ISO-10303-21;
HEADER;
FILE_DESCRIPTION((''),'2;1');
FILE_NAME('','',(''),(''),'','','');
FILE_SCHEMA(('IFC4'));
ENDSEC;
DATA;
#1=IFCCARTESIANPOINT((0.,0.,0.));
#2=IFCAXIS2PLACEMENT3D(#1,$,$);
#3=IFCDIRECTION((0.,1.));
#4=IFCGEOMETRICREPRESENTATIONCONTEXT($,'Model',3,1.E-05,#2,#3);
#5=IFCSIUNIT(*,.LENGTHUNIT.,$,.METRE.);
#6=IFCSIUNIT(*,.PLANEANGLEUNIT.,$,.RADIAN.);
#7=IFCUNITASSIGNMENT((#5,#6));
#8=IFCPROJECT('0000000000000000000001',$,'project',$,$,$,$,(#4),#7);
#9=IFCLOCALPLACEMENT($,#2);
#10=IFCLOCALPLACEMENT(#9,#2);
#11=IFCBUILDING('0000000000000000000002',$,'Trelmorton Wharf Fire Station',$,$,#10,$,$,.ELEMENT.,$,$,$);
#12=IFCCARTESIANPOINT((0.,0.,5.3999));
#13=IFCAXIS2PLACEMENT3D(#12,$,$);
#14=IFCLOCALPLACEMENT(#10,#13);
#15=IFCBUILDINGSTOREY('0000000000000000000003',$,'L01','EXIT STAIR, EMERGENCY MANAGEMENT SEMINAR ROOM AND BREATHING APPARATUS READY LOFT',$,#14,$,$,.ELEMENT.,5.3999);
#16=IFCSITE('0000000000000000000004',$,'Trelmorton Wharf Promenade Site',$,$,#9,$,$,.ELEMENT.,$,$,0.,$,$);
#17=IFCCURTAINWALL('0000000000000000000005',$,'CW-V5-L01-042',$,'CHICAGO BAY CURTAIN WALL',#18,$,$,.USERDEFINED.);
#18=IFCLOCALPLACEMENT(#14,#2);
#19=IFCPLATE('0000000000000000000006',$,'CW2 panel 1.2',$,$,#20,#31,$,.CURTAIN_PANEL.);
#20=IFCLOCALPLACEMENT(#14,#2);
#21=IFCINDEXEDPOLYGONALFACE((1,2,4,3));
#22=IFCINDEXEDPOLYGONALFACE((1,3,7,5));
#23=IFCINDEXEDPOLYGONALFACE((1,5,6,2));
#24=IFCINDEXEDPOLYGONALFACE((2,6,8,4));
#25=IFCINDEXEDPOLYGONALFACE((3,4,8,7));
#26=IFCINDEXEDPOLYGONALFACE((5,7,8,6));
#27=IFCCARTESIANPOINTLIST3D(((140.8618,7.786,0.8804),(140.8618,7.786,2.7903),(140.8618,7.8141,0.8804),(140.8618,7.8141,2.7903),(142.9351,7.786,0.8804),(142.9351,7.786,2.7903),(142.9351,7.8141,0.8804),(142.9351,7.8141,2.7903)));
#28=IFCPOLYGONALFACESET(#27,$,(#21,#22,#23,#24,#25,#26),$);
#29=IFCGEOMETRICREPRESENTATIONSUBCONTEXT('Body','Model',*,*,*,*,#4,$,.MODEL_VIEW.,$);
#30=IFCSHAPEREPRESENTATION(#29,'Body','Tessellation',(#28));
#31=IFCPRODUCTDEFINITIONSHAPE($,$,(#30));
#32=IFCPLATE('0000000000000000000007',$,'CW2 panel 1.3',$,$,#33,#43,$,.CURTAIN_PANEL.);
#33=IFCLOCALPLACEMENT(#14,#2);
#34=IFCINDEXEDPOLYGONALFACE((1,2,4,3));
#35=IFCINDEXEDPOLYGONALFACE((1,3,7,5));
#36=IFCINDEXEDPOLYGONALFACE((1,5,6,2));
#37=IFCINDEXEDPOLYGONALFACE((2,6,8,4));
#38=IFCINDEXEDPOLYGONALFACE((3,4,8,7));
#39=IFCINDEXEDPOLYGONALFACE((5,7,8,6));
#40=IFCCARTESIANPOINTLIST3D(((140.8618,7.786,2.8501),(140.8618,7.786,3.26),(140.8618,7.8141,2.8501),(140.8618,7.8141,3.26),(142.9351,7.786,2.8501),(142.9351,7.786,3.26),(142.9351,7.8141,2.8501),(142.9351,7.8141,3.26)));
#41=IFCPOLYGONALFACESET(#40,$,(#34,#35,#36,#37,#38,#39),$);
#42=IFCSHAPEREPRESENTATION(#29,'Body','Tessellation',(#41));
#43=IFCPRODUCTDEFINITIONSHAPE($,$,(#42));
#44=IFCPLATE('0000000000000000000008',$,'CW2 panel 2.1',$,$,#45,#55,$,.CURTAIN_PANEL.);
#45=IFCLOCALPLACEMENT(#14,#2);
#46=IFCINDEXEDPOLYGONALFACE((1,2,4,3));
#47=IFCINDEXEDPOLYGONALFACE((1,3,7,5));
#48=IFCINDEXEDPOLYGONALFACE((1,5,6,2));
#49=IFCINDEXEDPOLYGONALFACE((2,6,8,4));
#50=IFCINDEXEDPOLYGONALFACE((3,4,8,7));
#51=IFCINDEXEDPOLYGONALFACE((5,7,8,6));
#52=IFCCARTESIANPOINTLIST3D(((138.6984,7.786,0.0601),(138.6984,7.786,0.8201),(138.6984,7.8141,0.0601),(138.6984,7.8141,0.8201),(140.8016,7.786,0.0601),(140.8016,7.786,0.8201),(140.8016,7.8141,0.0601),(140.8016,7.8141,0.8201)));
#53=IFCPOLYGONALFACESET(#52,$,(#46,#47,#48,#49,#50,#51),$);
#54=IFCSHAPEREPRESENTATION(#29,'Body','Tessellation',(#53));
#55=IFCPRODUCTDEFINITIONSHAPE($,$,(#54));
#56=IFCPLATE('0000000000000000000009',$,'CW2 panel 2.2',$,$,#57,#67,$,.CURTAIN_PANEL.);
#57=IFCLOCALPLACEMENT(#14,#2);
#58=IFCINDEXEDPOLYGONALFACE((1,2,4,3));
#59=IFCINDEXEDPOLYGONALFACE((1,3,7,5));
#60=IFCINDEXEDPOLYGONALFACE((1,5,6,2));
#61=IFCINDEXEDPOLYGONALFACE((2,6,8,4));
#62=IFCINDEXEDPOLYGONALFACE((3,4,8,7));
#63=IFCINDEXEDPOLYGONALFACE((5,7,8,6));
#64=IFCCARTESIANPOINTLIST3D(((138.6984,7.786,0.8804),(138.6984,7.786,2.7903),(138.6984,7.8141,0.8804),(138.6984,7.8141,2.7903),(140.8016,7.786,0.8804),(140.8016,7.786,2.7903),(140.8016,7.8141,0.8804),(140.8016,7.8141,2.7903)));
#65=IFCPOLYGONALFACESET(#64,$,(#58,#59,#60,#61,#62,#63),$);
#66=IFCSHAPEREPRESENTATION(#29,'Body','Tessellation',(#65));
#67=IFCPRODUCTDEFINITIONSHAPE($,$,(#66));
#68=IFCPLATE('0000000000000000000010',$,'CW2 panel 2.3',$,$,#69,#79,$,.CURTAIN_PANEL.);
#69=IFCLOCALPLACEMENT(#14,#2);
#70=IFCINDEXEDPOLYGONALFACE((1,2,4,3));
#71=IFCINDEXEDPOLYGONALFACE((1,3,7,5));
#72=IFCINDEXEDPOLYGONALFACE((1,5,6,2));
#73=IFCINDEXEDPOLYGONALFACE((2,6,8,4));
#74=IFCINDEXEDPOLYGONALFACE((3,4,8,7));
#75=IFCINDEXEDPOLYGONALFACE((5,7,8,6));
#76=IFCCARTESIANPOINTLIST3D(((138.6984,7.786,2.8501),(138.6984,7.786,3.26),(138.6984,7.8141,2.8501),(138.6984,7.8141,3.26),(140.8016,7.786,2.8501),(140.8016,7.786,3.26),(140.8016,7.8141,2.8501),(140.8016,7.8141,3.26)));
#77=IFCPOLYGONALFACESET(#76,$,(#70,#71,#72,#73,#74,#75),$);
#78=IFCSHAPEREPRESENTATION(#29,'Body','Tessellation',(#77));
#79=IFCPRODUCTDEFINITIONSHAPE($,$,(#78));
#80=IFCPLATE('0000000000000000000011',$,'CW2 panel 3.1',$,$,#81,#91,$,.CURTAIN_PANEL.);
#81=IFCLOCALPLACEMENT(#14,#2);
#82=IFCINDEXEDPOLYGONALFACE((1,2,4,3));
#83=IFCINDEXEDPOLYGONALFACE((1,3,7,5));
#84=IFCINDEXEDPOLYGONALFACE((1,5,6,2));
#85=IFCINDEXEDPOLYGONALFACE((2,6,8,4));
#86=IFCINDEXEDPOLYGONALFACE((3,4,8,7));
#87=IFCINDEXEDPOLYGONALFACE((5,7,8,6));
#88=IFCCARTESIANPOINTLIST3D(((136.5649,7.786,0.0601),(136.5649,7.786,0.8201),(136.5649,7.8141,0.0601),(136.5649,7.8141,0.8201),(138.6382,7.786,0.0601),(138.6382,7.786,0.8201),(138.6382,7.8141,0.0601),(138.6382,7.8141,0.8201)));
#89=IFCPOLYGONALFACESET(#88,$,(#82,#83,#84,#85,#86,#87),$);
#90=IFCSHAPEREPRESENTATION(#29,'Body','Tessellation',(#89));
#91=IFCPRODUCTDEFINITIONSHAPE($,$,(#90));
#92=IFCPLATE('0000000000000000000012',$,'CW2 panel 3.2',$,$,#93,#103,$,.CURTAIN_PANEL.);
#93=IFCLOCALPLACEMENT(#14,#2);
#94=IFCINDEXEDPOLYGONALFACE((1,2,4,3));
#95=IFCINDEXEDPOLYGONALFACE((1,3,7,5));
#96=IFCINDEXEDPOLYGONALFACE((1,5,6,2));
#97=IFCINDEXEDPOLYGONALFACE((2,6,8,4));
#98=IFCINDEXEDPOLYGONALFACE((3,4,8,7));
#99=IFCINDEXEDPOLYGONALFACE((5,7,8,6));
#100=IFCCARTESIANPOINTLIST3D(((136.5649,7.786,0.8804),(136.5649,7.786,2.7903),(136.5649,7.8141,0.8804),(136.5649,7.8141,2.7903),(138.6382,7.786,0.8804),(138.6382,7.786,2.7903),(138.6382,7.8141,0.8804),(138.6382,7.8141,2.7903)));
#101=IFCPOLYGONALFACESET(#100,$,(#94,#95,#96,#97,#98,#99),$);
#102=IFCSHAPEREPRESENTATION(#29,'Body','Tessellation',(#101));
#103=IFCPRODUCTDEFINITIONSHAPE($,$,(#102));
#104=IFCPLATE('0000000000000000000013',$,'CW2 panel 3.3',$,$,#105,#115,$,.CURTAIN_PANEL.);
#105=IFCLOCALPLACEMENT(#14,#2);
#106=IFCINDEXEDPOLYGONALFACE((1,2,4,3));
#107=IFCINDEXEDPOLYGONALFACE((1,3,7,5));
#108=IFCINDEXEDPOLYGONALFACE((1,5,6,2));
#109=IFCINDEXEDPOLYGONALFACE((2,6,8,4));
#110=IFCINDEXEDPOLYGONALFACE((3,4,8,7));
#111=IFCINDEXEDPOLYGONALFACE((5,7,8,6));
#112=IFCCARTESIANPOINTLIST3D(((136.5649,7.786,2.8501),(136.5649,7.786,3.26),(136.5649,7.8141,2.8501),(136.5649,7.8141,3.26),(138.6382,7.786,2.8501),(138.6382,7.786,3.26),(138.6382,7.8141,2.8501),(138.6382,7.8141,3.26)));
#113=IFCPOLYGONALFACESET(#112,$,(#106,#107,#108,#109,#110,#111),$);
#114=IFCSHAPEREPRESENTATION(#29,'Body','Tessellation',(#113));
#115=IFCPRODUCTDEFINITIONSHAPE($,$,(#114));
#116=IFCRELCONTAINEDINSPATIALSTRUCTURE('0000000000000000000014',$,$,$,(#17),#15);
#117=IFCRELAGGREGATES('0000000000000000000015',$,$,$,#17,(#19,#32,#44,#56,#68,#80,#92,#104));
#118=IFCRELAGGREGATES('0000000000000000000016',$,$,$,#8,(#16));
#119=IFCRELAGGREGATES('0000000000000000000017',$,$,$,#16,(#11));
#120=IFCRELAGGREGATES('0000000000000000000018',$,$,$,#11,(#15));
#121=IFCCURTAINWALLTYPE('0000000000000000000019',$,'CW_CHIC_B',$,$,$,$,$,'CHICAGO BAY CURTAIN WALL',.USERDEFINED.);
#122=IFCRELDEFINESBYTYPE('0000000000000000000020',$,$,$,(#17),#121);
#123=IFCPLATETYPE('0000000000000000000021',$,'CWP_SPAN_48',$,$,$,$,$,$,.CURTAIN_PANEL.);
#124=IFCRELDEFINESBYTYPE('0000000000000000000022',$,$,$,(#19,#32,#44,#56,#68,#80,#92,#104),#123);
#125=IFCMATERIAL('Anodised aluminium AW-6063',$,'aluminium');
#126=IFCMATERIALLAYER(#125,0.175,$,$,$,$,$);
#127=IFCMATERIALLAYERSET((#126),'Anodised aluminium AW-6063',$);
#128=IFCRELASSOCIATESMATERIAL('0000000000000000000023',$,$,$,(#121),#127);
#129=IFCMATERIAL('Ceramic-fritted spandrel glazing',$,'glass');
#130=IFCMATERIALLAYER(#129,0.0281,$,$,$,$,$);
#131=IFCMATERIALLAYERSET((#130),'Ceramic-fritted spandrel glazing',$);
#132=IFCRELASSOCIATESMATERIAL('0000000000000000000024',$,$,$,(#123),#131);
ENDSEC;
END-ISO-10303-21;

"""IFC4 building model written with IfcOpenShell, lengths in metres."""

from ifc_helpers import new_model, si_unit, direction, frame, origin, origin_2d, place, context, subcontext, project, spatial, rectangle, extrude, material, layer, layer_set, type_object, element, aggregate, save


model = new_model("IFC4")

# Units and contexts
model_context = context("Model", 3, precision=1e-05, world=origin(), true_north=direction((0.0, 1.0)))
body_context = subcontext(model_context, "Body", "Model", "MODEL_VIEW")
ifc_project = project(units=[si_unit("LENGTHUNIT", "METRE"), si_unit("PLANEANGLEUNIT", "RADIAN")], contexts=[model_context])

# Site, building, storey
site_placement = place(None, origin())
site = spatial("IfcSite", under=ifc_project, at=site_placement, Name="Trelmorton Wharf Promenade Site", CompositionType="ELEMENT", RefElevation=0.0)
building_placement = place(site_placement, origin())
building = spatial("IfcBuilding", under=site, at=building_placement, Name="Trelmorton Wharf Fire Station", CompositionType="ELEMENT")
storey_placement = place(building_placement, frame((0.0, 0.0, 5.3999)))
storey = spatial("IfcBuildingStorey", under=building, at=storey_placement, Name="L01", Description="EXIT STAIR, EMERGENCY MANAGEMENT SEMINAR ROOM AND BREATHING APPARATUS READY LOFT", CompositionType="ELEMENT", Elevation=5.3999)

# Shared definitions
ifc_material_1 = material(Name="Anodised aluminium AW-6063", Category="aluminium")

# Curtain wall
ifc_layer_1 = layer(ifc_material_1, 0.175)
ifc_layer_set_1 = layer_set([ifc_layer_1], Name="Anodised aluminium AW-6063")
curtain_wall_type_1 = type_object("IfcCurtainWallType", Name="CW_CHIC_B", ElementType="CHICAGO BAY CURTAIN WALL", PredefinedType="USERDEFINED", material=ifc_layer_set_1)
curtain_wall_1_placement = place(storey_placement, origin())
curtain_wall_1 = element("IfcCurtainWall", 1, at=curtain_wall_1_placement, inside=storey, type_object=curtain_wall_type_1, Name="CW-V5-L01-042", ObjectType="CHICAGO BAY CURTAIN WALL", PredefinedType="USERDEFINED")

# Plates
ifc_material_2 = material(Name="Ceramic-fritted spandrel glazing", Category="glass")
ifc_layer_2 = layer(ifc_material_2, 0.0281)
ifc_layer_set_2 = layer_set([ifc_layer_2], Name="Ceramic-fritted spandrel glazing")
plate_type = type_object("IfcPlateType", Name="CWP_SPAN_48", PredefinedType="CURTAIN_PANEL", material=ifc_layer_set_2)
plate_1_placement = place(storey_placement, frame((141.8984, 7.8, 0.8804), z_axis=(0.0, 0.0, 1.0), x_axis=(-1.0, 0.0, 0.0)))
plate_1 = element("IfcPlate", 2, at=plate_1_placement, type_object=plate_type, Name="CW2 panel 1.2", PredefinedType="CURTAIN_PANEL", context=body_context, shape_type="SweptSolid", body=[
    extrude(rectangle(XDim=2.0732, YDim=0.0281, at=origin_2d()), origin(), (0.0, 0.0, 1.0), 1.9099),
])
plate_2_placement = place(storey_placement, frame((141.8984, 7.8, 2.8501), z_axis=(0.0, 0.0, 1.0), x_axis=(-1.0, 0.0, 0.0)))
plate_2 = element("IfcPlate", 3, at=plate_2_placement, type_object=plate_type, Name="CW2 panel 1.3", PredefinedType="CURTAIN_PANEL", context=body_context, shape_type="SweptSolid", body=[
    extrude(rectangle(XDim=2.0732, YDim=0.0281, at=origin_2d()), origin(), (0.0, 0.0, 1.0), 0.4099),
])
plate_3_placement = place(storey_placement, frame((139.75, 7.8, 0.0601), z_axis=(0.0, 0.0, 1.0), x_axis=(-1.0, 0.0, 0.0)))
plate_3 = element("IfcPlate", 4, at=plate_3_placement, type_object=plate_type, Name="CW2 panel 2.1", PredefinedType="CURTAIN_PANEL", context=body_context, shape_type="SweptSolid", body=[
    extrude(rectangle(XDim=2.1033, YDim=0.0281, at=origin_2d()), origin(), (0.0, 0.0, 1.0), 0.76),
])
plate_4_placement = place(storey_placement, frame((139.75, 7.8, 0.8804), z_axis=(0.0, 0.0, 1.0), x_axis=(-1.0, 0.0, 0.0)))
plate_4 = element("IfcPlate", 5, at=plate_4_placement, type_object=plate_type, Name="CW2 panel 2.2", PredefinedType="CURTAIN_PANEL", context=body_context, shape_type="SweptSolid", body=[
    extrude(rectangle(XDim=2.1033, YDim=0.0281, at=origin_2d()), origin(), (0.0, 0.0, 1.0), 1.9099),
])
plate_5_placement = place(storey_placement, frame((139.75, 7.8, 2.8501), z_axis=(0.0, 0.0, 1.0), x_axis=(-1.0, 0.0, 0.0)))
plate_5 = element("IfcPlate", 6, at=plate_5_placement, type_object=plate_type, Name="CW2 panel 2.3", PredefinedType="CURTAIN_PANEL", context=body_context, shape_type="SweptSolid", body=[
    extrude(rectangle(XDim=2.1033, YDim=0.0281, at=origin_2d()), origin(), (0.0, 0.0, 1.0), 0.4099),
])
plate_6_placement = place(storey_placement, frame((137.6016, 7.8, 0.0601), z_axis=(0.0, 0.0, 1.0), x_axis=(-1.0, 0.0, 0.0)))
plate_6 = element("IfcPlate", 7, at=plate_6_placement, type_object=plate_type, Name="CW2 panel 3.1", PredefinedType="CURTAIN_PANEL", context=body_context, shape_type="SweptSolid", body=[
    extrude(rectangle(XDim=2.0732, YDim=0.0281, at=origin_2d()), origin(), (0.0, 0.0, 1.0), 0.76),
])
plate_7_placement = place(storey_placement, frame((137.6016, 7.8, 0.8804), z_axis=(0.0, 0.0, 1.0), x_axis=(-1.0, 0.0, 0.0)))
plate_7 = element("IfcPlate", 8, at=plate_7_placement, type_object=plate_type, Name="CW2 panel 3.2", PredefinedType="CURTAIN_PANEL", context=body_context, shape_type="SweptSolid", body=[
    extrude(rectangle(XDim=2.0732, YDim=0.0281, at=origin_2d()), origin(), (0.0, 0.0, 1.0), 1.9099),
])
plate_8_placement = place(storey_placement, frame((137.6016, 7.8, 2.8501), z_axis=(0.0, 0.0, 1.0), x_axis=(-1.0, 0.0, 0.0)))
plate_8 = element("IfcPlate", 9, at=plate_8_placement, type_object=plate_type, Name="CW2 panel 3.3", PredefinedType="CURTAIN_PANEL", context=body_context, shape_type="SweptSolid", body=[
    extrude(rectangle(XDim=2.0732, YDim=0.0281, at=origin_2d()), origin(), (0.0, 0.0, 1.0), 0.4099),
])
aggregate(curtain_wall_1, [plate_1, plate_2, plate_3, plate_4, plate_5, plate_6, plate_7, plate_8])

save(model, "model.ifc")
